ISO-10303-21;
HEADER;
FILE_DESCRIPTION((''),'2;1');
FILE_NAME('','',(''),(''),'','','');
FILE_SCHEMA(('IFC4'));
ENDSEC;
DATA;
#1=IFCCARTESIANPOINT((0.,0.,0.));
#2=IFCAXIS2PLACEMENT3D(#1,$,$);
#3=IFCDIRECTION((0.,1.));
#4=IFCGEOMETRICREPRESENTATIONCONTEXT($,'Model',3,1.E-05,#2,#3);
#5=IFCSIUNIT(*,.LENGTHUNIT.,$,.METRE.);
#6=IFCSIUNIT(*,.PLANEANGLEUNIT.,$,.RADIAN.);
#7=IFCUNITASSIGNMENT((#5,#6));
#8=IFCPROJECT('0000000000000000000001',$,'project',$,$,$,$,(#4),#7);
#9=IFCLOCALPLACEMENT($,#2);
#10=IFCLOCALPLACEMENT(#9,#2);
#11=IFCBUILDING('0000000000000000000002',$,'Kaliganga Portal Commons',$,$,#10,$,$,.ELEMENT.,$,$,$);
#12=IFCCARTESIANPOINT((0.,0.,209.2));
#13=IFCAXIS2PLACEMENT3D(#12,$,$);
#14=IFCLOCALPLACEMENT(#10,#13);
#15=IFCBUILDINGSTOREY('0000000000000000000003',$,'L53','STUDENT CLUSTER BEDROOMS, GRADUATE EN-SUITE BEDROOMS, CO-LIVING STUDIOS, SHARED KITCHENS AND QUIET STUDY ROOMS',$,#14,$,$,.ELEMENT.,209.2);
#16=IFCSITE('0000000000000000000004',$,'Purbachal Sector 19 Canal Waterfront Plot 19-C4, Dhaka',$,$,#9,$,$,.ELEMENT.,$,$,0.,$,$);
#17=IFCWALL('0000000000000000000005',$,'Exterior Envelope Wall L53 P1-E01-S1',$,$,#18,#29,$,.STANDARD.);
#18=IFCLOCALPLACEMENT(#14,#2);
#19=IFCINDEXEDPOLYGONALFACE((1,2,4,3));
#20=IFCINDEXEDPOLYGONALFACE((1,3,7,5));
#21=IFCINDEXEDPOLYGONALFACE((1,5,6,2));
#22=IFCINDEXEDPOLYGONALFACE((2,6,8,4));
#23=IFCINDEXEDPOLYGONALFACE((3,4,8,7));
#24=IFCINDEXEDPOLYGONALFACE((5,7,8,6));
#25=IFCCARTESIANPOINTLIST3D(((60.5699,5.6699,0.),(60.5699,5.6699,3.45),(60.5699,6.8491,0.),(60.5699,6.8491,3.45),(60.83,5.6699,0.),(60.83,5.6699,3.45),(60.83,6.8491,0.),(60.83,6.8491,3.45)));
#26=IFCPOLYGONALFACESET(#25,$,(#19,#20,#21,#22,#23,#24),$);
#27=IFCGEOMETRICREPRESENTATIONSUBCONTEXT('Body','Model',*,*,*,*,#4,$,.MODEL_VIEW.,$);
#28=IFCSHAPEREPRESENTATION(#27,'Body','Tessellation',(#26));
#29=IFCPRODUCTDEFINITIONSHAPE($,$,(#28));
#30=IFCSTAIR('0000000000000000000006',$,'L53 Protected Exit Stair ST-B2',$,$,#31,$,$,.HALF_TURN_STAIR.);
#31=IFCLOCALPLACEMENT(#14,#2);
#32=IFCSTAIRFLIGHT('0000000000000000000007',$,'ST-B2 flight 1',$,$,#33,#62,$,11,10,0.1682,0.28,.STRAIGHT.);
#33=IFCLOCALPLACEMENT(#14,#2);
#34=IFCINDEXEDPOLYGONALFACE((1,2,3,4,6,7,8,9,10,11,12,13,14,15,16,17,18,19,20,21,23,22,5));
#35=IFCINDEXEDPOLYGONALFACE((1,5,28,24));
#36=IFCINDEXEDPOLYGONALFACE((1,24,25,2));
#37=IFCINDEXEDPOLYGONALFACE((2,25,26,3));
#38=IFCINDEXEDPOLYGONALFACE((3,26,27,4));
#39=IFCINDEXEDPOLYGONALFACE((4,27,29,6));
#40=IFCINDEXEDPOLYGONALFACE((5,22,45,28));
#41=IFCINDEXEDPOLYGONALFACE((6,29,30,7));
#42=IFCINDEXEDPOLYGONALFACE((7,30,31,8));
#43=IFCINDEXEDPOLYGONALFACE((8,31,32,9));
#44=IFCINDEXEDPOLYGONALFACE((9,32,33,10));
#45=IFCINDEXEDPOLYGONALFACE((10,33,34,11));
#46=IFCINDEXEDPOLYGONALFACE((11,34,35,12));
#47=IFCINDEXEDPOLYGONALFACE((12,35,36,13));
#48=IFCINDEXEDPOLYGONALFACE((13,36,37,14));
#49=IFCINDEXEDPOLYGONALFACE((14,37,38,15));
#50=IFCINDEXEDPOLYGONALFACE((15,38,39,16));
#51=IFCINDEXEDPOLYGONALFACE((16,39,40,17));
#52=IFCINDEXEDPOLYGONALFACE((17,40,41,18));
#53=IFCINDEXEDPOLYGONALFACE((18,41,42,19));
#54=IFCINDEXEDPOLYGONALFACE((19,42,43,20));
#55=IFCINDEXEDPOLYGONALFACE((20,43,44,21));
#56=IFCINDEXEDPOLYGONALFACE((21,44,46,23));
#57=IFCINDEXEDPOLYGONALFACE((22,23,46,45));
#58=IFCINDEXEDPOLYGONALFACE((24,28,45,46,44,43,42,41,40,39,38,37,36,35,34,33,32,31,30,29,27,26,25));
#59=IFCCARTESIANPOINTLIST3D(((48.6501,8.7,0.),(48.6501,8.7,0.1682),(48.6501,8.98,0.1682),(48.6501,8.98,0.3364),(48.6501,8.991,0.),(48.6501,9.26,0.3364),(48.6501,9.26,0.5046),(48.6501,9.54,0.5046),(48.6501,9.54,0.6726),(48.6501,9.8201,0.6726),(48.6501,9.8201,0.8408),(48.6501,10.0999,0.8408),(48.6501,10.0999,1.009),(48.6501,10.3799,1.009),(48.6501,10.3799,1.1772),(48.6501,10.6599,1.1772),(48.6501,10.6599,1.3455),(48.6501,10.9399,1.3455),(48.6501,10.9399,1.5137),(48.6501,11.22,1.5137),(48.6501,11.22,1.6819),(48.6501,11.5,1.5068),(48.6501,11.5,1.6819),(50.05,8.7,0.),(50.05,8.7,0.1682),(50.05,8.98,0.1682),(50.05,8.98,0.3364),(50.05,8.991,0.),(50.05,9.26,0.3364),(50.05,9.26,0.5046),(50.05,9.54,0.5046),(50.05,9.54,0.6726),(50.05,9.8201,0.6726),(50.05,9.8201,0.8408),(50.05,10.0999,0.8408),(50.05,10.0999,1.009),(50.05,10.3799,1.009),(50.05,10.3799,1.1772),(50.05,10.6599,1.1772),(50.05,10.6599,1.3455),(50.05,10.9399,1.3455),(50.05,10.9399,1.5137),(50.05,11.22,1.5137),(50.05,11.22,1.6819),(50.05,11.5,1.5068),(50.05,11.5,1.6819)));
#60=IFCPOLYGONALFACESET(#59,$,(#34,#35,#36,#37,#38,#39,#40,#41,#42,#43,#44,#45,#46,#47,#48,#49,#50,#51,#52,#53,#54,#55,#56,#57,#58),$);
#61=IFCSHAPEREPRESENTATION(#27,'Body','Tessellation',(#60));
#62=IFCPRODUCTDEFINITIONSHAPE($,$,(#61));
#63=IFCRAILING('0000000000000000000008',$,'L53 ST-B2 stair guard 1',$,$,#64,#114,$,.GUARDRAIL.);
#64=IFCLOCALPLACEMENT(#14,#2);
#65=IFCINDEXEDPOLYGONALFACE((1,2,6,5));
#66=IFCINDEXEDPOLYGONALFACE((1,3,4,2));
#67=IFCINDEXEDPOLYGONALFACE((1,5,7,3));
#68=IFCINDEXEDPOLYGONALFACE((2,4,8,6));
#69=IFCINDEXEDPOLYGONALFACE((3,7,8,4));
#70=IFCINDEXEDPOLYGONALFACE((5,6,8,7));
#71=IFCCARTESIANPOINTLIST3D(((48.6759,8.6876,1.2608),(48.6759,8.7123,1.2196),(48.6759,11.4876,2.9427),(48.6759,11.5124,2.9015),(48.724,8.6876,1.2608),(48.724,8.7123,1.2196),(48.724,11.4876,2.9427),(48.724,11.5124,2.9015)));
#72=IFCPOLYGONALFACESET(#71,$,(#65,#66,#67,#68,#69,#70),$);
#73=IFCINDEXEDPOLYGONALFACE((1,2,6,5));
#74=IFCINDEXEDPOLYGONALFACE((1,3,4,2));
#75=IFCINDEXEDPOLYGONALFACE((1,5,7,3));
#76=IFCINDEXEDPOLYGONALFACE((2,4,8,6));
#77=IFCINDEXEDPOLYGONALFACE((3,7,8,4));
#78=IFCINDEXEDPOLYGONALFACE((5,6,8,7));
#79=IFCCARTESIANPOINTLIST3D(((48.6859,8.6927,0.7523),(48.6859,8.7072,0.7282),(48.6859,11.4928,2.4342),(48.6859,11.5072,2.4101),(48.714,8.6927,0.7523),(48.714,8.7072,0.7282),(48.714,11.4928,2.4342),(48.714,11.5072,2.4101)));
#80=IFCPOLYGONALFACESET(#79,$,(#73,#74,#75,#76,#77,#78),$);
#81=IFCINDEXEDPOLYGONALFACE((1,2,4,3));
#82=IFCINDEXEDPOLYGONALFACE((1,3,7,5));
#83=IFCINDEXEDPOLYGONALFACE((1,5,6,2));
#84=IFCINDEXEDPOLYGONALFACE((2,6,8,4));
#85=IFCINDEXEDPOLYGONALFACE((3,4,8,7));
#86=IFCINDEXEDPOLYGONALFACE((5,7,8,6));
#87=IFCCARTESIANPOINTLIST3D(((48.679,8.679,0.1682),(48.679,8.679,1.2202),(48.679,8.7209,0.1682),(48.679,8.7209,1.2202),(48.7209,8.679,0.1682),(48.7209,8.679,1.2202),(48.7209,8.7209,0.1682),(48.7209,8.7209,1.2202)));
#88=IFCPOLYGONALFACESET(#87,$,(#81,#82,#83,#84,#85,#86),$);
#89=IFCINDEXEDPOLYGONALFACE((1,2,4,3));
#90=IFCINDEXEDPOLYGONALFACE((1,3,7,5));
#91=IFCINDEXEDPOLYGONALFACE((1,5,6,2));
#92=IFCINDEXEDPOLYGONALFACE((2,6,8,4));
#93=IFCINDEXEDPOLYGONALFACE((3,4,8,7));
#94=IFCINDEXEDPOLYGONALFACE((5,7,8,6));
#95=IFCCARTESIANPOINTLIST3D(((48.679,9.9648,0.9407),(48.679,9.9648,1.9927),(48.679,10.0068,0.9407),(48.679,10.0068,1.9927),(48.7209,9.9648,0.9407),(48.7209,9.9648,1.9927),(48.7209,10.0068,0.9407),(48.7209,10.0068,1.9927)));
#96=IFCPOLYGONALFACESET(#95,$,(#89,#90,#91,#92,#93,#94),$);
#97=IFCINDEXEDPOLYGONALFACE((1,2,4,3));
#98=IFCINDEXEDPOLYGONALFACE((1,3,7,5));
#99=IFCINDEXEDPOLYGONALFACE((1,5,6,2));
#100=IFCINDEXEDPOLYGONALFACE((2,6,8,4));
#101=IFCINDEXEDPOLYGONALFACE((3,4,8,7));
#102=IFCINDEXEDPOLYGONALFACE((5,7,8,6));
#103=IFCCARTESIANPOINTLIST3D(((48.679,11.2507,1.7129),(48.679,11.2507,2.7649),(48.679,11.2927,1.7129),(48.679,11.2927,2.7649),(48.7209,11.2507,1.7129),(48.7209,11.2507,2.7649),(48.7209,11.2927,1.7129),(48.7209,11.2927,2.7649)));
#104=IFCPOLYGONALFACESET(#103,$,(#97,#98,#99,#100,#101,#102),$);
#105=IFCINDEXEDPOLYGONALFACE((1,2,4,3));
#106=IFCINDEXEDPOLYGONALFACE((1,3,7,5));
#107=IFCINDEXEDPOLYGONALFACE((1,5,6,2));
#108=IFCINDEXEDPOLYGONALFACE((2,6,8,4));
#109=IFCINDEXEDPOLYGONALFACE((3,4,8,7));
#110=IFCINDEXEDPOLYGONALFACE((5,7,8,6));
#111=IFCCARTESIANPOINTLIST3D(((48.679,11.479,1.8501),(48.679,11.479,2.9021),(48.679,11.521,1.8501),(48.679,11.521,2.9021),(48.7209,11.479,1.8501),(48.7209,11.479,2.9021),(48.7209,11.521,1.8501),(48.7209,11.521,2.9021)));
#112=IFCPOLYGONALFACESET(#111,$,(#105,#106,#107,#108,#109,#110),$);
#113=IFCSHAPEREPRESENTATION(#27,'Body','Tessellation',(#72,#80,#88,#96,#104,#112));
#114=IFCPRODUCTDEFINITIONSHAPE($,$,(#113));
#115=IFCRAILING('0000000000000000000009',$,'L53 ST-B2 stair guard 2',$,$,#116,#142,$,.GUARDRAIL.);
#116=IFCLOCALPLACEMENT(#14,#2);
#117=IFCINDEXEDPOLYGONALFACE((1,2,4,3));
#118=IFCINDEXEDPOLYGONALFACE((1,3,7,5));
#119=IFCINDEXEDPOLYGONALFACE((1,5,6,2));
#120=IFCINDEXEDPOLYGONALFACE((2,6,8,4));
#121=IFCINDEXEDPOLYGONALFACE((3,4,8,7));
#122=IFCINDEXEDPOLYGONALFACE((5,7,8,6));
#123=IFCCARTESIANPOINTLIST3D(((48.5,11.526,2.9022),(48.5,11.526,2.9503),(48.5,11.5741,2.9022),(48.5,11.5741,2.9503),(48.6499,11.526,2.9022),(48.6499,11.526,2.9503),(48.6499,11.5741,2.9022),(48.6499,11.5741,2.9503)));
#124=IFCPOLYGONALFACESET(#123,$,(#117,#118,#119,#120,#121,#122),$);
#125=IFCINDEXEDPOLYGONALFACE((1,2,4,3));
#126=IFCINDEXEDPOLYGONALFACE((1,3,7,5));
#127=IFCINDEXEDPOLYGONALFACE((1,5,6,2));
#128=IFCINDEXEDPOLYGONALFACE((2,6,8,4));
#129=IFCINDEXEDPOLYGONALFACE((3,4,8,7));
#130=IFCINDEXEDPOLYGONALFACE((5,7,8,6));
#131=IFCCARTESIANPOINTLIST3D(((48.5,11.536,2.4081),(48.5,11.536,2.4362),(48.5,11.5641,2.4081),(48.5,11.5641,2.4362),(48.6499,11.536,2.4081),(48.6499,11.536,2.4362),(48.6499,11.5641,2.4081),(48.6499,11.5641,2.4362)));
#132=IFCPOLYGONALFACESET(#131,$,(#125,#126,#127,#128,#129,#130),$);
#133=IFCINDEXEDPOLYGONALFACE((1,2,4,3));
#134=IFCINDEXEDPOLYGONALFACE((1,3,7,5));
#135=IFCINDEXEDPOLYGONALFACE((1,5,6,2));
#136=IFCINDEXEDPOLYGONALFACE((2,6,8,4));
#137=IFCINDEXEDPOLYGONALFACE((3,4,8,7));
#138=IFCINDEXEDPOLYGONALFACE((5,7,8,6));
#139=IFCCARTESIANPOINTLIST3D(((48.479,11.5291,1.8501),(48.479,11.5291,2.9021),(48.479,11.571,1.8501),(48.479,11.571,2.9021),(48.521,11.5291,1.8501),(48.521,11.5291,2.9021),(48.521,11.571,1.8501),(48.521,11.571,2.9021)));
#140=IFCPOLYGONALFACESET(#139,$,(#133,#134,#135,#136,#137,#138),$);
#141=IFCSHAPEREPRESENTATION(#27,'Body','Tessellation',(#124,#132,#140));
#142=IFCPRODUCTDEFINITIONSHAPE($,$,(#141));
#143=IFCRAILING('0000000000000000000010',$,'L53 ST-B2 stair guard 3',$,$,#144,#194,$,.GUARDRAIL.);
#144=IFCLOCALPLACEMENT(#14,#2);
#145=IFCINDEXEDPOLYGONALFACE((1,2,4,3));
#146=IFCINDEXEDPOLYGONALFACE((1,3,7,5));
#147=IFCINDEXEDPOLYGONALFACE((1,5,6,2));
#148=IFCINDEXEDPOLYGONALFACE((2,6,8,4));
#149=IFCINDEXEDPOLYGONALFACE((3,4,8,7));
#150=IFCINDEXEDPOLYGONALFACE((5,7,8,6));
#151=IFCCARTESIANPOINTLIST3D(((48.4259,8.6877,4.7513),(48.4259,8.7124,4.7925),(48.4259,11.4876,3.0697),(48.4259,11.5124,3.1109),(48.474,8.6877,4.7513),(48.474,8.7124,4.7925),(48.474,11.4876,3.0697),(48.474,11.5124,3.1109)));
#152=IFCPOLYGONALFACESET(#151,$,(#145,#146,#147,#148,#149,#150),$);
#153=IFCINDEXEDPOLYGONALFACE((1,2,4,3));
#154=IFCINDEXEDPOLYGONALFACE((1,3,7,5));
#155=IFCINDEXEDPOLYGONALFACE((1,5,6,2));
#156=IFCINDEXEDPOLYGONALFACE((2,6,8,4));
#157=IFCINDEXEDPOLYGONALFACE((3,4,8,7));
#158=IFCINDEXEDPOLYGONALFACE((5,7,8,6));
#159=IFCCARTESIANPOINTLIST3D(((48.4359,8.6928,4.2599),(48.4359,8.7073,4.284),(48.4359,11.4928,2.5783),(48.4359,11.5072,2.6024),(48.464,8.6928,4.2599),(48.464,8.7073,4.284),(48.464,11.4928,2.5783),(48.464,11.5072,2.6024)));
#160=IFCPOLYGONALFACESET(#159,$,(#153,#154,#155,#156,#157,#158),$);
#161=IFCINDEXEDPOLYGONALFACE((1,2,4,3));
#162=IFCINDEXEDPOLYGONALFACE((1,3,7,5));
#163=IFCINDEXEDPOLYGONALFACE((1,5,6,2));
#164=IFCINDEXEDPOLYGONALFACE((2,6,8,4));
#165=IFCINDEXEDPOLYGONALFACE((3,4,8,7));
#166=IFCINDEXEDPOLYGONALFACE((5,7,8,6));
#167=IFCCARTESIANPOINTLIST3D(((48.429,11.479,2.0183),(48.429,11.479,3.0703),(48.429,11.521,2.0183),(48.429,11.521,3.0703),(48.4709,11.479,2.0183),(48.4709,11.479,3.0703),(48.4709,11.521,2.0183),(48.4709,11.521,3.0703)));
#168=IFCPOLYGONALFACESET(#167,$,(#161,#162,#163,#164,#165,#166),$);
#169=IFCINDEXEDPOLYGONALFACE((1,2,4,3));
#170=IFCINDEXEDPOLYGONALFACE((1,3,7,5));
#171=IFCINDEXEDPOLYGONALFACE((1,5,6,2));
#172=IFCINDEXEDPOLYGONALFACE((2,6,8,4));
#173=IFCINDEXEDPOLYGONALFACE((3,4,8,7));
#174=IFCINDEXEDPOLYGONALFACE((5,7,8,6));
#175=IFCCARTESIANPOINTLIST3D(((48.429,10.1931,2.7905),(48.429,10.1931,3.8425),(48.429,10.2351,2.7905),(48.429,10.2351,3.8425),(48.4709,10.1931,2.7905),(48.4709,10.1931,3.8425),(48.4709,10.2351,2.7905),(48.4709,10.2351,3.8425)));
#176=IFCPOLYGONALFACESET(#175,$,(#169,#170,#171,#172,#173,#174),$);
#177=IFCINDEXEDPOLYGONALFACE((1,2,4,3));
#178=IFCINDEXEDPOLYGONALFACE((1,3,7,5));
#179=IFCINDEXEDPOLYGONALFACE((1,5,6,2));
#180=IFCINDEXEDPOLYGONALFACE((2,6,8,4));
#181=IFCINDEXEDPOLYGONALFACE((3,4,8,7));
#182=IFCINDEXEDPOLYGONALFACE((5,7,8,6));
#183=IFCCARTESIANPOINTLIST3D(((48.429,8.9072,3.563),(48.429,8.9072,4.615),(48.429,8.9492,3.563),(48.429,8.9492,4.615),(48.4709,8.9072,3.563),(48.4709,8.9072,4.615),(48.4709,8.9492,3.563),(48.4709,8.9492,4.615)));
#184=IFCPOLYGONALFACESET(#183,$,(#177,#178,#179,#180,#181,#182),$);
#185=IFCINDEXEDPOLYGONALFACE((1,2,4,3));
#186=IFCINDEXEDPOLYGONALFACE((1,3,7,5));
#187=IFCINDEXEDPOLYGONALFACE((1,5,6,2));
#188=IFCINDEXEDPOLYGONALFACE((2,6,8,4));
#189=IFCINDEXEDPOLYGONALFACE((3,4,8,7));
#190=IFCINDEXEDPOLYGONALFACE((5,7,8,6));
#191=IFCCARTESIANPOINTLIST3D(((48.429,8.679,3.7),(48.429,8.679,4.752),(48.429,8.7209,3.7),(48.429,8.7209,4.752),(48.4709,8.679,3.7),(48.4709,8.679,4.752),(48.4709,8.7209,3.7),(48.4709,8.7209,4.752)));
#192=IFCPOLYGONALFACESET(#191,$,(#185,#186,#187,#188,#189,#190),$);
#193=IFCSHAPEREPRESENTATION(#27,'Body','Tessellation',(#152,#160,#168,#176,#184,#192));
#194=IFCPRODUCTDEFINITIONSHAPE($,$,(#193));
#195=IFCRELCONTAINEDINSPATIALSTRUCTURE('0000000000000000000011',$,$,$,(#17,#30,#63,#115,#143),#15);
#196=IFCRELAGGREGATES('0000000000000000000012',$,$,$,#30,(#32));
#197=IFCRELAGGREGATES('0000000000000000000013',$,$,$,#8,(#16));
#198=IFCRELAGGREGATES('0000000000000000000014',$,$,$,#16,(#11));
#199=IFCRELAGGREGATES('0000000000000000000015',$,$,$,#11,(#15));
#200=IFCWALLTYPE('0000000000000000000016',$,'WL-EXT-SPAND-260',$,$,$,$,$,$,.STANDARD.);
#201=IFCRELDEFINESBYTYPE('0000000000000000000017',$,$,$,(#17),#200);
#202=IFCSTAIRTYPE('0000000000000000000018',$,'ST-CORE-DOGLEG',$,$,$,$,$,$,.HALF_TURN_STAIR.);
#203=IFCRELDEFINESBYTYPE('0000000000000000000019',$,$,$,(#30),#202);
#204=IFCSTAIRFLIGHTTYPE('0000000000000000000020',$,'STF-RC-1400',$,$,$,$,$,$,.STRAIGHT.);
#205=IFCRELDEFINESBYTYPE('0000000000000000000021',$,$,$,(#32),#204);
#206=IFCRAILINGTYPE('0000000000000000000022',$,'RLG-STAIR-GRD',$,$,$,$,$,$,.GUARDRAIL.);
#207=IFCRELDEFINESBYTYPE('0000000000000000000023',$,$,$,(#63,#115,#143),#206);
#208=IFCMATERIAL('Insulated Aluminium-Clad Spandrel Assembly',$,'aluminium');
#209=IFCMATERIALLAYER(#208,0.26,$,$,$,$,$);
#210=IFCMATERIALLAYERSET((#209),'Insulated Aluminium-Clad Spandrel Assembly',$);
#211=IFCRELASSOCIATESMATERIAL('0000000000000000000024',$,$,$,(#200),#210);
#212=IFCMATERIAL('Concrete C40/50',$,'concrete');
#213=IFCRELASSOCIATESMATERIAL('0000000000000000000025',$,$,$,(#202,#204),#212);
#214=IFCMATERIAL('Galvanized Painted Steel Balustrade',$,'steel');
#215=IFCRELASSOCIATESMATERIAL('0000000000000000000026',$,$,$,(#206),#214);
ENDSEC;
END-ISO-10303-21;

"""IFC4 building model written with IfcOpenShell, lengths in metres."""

from ifc_helpers import new_model, si_unit, direction, frame, frame_2d, origin, origin_2d, place, context, subcontext, project, spatial, polyline, rectangle, outline, extrude, material, layer, layer_set, type_object, element, aggregate, save


model = new_model("IFC4")

# Units and contexts
model_context = context("Model", 3, precision=1e-05, world=origin(), true_north=direction((0.0, 1.0)))
body_context = subcontext(model_context, "Body", "Model", "MODEL_VIEW")
ifc_project = project(units=[si_unit("LENGTHUNIT", "METRE"), si_unit("PLANEANGLEUNIT", "RADIAN")], contexts=[model_context])

# Site, building, storey
site_placement = place(None, origin())
site = spatial("IfcSite", under=ifc_project, at=site_placement, Name="Purbachal Sector 19 Canal Waterfront Plot 19-C4, Dhaka", CompositionType="ELEMENT", RefElevation=0.0)
building_placement = place(site_placement, origin())
building = spatial("IfcBuilding", under=site, at=building_placement, Name="Kaliganga Portal Commons", CompositionType="ELEMENT")
storey_placement = place(building_placement, frame((0.0, 0.0, 209.2)))
storey = spatial("IfcBuildingStorey", under=building, at=storey_placement, Name="L53", Description="STUDENT CLUSTER BEDROOMS, GRADUATE EN-SUITE BEDROOMS, CO-LIVING STUDIOS, SHARED KITCHENS AND QUIET STUDY ROOMS", CompositionType="ELEMENT", Elevation=209.2)

# Shared definitions
ifc_material_1 = material(Name="Insulated Aluminium-Clad Spandrel Assembly", Category="aluminium")
ifc_layer_1 = layer(ifc_material_1, 0.26)
ifc_layer_set_1 = layer_set([ifc_layer_1], Name="Insulated Aluminium-Clad Spandrel Assembly")
wall_type_1 = type_object("IfcWallType", Name="WL-EXT-SPAND-260", PredefinedType="STANDARD", material=ifc_layer_set_1)

# Wall
wall_1_placement = place(storey_placement, frame((60.7, 6.8491, 0.0), z_axis=(0.0, 0.0, 1.0), x_axis=(0.0, -1.0, 0.0)))
element("IfcWall", 1, at=wall_1_placement, inside=storey, type_object=wall_type_1, Name="Exterior Envelope Wall L53 P1-E01-S1", PredefinedType="STANDARD", context=body_context, shape_type="SweptSolid", body=[
    extrude(rectangle(XDim=1.1792, YDim=0.26, at=frame_2d((0.5896, 0.0))), origin(), (0.0, 0.0, 1.0), 3.45),
])

# Stair, stair flight
ifc_material_2 = material(Name="Concrete C40/50", Category="concrete")
stair_type = type_object("IfcStairType", Name="ST-CORE-DOGLEG", PredefinedType="HALF_TURN_STAIR", material=ifc_material_2)
stair_placement = place(storey_placement, origin())
stair = element("IfcStair", 2, at=stair_placement, inside=storey, type_object=stair_type, Name="L53 Protected Exit Stair ST-B2", PredefinedType="HALF_TURN_STAIR")
stair_flight_type = type_object("IfcStairFlightType", Name="STF-RC-1400", PredefinedType="STRAIGHT", material=ifc_material_2)
stair_flight_placement = place(storey_placement, frame((49.3501, 8.7, 0.0), z_axis=(0.0, 0.0, 1.0), x_axis=(0.0, 1.0, 0.0)))
stair_flight = element("IfcStairFlight", 3, at=stair_flight_placement, type_object=stair_flight_type, Name="ST-B2 flight 1", NumberOfRisers=11, NumberOfTreads=10, PredefinedType="STRAIGHT", RiserHeight=0.1682, TreadLength=0.28, context=body_context, shape_type="SweptSolid", body=[
    extrude(outline(polyline([(0.0, 0.0), (0.0, 0.1682), (0.28, 0.1682), (0.28, 0.3364), (0.5601, 0.3364), (0.5601, 0.5046), (0.8401, 0.5046), (0.8401, 0.6726), (1.1201, 0.6726), (1.1201, 0.8408), (1.3999, 0.8408), (1.3999, 1.009), (1.6799, 1.009), (1.6799, 1.1772), (1.96, 1.1772), (1.96, 1.3455), (2.24, 1.3455), (2.24, 1.5137), (2.52, 1.5137), (2.52, 1.6819), (2.8, 1.6819), (2.8, 1.8501), (2.8, 1.5068), (0.291, 0.0), (0.0, 0.0)])), frame((0.0, 0.7, 0.0), z_axis=(0.0, -1.0, 0.0), x_axis=(1.0, 0.0, 0.0)), (0.0, 0.0, 1.0), 1.3999),
])
aggregate(stair, [stair_flight])

# Railings
ifc_material_3 = material(Name="Galvanized Painted Steel Balustrade", Category="steel")
railing_type_1 = type_object("IfcRailingType", Name="RLG-STAIR-GRD", PredefinedType="GUARDRAIL", material=ifc_material_3)
railing_1_placement = place(storey_placement, frame((48.7, 8.7, 0.1682)))
element("IfcRailing", 4, at=railing_1_placement, inside=storey, type_object=railing_type_1, Name="L53 ST-B2 stair guard 1", PredefinedType="GUARDRAIL", context=body_context, shape_type="SweptSolid", body=[
    extrude(rectangle(XDim=0.0481, YDim=0.0481, at=origin_2d()), frame((0.0, 0.0, 1.072), z_axis=(0.0, 0.857242, 0.514913), x_axis=(-1.0, 0.0, 0.0)), (0.0, 0.0, 1.0), 3.2664),
    extrude(rectangle(XDim=0.0281, YDim=0.0281, at=origin_2d()), frame((0.0, 0.0, 0.572), z_axis=(0.0, 0.857242, 0.514913), x_axis=(-1.0, 0.0, 0.0)), (0.0, 0.0, 1.0), 3.2664),
    extrude(rectangle(XDim=0.042, YDim=0.042, at=origin_2d()), origin(), (0.0, 0.0, 1.0), 1.052),
    extrude(rectangle(XDim=0.042, YDim=0.042, at=origin_2d()), frame((0.0, 1.2859, 0.7725)), (0.0, 0.0, 1.0), 1.052),
    extrude(rectangle(XDim=0.042, YDim=0.042, at=origin_2d()), frame((0.0, 2.5718, 1.5447)), (0.0, 0.0, 1.0), 1.052),
    extrude(rectangle(XDim=0.042, YDim=0.042, at=origin_2d()), frame((0.0, 2.8, 1.6819)), (0.0, 0.0, 1.0), 1.052),
])
railing_2_placement = place(storey_placement, frame((48.6499, 11.55, 1.8501)))
element("IfcRailing", 5, at=railing_2_placement, inside=storey, type_object=railing_type_1, Name="L53 ST-B2 stair guard 2", PredefinedType="GUARDRAIL", context=body_context, shape_type="SweptSolid", body=[
    extrude(rectangle(XDim=0.0481, YDim=0.0481, at=origin_2d()), frame((0.0, 0.0, 1.0762), z_axis=(-1.0, 0.0, 0.0), x_axis=(0.0, -1.0, 0.0)), (0.0, 0.0, 1.0), 0.1499),
    extrude(rectangle(XDim=0.0281, YDim=0.0281, at=origin_2d()), frame((0.0, 0.0, 0.572), z_axis=(-1.0, 0.0, 0.0), x_axis=(0.0, -1.0, 0.0)), (0.0, 0.0, 1.0), 0.1499),
    extrude(rectangle(XDim=0.042, YDim=0.042, at=origin_2d()), frame((-0.1499, 0.0, 0.0)), (0.0, 0.0, 1.0), 1.052),
])
railing_3_placement = place(storey_placement, frame((48.45, 11.5, 2.0183)))
element("IfcRailing", 6, at=railing_3_placement, inside=storey, type_object=railing_type_1, Name="L53 ST-B2 stair guard 3", PredefinedType="GUARDRAIL", context=body_context, shape_type="SweptSolid", body=[
    extrude(rectangle(XDim=0.0481, YDim=0.0481, at=origin_2d()), frame((0.0, 0.0, 1.072), z_axis=(0.0, -0.857275, 0.514858), x_axis=(1.0, 0.0, 0.0)), (0.0, 0.0, 1.0), 3.2661),
    extrude(rectangle(XDim=0.0281, YDim=0.0281, at=origin_2d()), frame((0.0, 0.0, 0.572), z_axis=(0.0, -0.857275, 0.514858), x_axis=(1.0, 0.0, 0.0)), (0.0, 0.0, 1.0), 3.2661),
    extrude(rectangle(XDim=0.042, YDim=0.042, at=origin_2d()), origin(), (0.0, 0.0, 1.0), 1.052),
    extrude(rectangle(XDim=0.042, YDim=0.042, at=origin_2d()), frame((0.0, -1.2859, 0.7722)), (0.0, 0.0, 1.0), 1.052),
    extrude(rectangle(XDim=0.042, YDim=0.042, at=origin_2d()), frame((0.0, -2.5718, 1.5447)), (0.0, 0.0, 1.0), 1.052),
    extrude(rectangle(XDim=0.042, YDim=0.042, at=origin_2d()), frame((0.0, -2.8, 1.6816)), (0.0, 0.0, 1.0), 1.052),
])

save(model, "model.ifc")
